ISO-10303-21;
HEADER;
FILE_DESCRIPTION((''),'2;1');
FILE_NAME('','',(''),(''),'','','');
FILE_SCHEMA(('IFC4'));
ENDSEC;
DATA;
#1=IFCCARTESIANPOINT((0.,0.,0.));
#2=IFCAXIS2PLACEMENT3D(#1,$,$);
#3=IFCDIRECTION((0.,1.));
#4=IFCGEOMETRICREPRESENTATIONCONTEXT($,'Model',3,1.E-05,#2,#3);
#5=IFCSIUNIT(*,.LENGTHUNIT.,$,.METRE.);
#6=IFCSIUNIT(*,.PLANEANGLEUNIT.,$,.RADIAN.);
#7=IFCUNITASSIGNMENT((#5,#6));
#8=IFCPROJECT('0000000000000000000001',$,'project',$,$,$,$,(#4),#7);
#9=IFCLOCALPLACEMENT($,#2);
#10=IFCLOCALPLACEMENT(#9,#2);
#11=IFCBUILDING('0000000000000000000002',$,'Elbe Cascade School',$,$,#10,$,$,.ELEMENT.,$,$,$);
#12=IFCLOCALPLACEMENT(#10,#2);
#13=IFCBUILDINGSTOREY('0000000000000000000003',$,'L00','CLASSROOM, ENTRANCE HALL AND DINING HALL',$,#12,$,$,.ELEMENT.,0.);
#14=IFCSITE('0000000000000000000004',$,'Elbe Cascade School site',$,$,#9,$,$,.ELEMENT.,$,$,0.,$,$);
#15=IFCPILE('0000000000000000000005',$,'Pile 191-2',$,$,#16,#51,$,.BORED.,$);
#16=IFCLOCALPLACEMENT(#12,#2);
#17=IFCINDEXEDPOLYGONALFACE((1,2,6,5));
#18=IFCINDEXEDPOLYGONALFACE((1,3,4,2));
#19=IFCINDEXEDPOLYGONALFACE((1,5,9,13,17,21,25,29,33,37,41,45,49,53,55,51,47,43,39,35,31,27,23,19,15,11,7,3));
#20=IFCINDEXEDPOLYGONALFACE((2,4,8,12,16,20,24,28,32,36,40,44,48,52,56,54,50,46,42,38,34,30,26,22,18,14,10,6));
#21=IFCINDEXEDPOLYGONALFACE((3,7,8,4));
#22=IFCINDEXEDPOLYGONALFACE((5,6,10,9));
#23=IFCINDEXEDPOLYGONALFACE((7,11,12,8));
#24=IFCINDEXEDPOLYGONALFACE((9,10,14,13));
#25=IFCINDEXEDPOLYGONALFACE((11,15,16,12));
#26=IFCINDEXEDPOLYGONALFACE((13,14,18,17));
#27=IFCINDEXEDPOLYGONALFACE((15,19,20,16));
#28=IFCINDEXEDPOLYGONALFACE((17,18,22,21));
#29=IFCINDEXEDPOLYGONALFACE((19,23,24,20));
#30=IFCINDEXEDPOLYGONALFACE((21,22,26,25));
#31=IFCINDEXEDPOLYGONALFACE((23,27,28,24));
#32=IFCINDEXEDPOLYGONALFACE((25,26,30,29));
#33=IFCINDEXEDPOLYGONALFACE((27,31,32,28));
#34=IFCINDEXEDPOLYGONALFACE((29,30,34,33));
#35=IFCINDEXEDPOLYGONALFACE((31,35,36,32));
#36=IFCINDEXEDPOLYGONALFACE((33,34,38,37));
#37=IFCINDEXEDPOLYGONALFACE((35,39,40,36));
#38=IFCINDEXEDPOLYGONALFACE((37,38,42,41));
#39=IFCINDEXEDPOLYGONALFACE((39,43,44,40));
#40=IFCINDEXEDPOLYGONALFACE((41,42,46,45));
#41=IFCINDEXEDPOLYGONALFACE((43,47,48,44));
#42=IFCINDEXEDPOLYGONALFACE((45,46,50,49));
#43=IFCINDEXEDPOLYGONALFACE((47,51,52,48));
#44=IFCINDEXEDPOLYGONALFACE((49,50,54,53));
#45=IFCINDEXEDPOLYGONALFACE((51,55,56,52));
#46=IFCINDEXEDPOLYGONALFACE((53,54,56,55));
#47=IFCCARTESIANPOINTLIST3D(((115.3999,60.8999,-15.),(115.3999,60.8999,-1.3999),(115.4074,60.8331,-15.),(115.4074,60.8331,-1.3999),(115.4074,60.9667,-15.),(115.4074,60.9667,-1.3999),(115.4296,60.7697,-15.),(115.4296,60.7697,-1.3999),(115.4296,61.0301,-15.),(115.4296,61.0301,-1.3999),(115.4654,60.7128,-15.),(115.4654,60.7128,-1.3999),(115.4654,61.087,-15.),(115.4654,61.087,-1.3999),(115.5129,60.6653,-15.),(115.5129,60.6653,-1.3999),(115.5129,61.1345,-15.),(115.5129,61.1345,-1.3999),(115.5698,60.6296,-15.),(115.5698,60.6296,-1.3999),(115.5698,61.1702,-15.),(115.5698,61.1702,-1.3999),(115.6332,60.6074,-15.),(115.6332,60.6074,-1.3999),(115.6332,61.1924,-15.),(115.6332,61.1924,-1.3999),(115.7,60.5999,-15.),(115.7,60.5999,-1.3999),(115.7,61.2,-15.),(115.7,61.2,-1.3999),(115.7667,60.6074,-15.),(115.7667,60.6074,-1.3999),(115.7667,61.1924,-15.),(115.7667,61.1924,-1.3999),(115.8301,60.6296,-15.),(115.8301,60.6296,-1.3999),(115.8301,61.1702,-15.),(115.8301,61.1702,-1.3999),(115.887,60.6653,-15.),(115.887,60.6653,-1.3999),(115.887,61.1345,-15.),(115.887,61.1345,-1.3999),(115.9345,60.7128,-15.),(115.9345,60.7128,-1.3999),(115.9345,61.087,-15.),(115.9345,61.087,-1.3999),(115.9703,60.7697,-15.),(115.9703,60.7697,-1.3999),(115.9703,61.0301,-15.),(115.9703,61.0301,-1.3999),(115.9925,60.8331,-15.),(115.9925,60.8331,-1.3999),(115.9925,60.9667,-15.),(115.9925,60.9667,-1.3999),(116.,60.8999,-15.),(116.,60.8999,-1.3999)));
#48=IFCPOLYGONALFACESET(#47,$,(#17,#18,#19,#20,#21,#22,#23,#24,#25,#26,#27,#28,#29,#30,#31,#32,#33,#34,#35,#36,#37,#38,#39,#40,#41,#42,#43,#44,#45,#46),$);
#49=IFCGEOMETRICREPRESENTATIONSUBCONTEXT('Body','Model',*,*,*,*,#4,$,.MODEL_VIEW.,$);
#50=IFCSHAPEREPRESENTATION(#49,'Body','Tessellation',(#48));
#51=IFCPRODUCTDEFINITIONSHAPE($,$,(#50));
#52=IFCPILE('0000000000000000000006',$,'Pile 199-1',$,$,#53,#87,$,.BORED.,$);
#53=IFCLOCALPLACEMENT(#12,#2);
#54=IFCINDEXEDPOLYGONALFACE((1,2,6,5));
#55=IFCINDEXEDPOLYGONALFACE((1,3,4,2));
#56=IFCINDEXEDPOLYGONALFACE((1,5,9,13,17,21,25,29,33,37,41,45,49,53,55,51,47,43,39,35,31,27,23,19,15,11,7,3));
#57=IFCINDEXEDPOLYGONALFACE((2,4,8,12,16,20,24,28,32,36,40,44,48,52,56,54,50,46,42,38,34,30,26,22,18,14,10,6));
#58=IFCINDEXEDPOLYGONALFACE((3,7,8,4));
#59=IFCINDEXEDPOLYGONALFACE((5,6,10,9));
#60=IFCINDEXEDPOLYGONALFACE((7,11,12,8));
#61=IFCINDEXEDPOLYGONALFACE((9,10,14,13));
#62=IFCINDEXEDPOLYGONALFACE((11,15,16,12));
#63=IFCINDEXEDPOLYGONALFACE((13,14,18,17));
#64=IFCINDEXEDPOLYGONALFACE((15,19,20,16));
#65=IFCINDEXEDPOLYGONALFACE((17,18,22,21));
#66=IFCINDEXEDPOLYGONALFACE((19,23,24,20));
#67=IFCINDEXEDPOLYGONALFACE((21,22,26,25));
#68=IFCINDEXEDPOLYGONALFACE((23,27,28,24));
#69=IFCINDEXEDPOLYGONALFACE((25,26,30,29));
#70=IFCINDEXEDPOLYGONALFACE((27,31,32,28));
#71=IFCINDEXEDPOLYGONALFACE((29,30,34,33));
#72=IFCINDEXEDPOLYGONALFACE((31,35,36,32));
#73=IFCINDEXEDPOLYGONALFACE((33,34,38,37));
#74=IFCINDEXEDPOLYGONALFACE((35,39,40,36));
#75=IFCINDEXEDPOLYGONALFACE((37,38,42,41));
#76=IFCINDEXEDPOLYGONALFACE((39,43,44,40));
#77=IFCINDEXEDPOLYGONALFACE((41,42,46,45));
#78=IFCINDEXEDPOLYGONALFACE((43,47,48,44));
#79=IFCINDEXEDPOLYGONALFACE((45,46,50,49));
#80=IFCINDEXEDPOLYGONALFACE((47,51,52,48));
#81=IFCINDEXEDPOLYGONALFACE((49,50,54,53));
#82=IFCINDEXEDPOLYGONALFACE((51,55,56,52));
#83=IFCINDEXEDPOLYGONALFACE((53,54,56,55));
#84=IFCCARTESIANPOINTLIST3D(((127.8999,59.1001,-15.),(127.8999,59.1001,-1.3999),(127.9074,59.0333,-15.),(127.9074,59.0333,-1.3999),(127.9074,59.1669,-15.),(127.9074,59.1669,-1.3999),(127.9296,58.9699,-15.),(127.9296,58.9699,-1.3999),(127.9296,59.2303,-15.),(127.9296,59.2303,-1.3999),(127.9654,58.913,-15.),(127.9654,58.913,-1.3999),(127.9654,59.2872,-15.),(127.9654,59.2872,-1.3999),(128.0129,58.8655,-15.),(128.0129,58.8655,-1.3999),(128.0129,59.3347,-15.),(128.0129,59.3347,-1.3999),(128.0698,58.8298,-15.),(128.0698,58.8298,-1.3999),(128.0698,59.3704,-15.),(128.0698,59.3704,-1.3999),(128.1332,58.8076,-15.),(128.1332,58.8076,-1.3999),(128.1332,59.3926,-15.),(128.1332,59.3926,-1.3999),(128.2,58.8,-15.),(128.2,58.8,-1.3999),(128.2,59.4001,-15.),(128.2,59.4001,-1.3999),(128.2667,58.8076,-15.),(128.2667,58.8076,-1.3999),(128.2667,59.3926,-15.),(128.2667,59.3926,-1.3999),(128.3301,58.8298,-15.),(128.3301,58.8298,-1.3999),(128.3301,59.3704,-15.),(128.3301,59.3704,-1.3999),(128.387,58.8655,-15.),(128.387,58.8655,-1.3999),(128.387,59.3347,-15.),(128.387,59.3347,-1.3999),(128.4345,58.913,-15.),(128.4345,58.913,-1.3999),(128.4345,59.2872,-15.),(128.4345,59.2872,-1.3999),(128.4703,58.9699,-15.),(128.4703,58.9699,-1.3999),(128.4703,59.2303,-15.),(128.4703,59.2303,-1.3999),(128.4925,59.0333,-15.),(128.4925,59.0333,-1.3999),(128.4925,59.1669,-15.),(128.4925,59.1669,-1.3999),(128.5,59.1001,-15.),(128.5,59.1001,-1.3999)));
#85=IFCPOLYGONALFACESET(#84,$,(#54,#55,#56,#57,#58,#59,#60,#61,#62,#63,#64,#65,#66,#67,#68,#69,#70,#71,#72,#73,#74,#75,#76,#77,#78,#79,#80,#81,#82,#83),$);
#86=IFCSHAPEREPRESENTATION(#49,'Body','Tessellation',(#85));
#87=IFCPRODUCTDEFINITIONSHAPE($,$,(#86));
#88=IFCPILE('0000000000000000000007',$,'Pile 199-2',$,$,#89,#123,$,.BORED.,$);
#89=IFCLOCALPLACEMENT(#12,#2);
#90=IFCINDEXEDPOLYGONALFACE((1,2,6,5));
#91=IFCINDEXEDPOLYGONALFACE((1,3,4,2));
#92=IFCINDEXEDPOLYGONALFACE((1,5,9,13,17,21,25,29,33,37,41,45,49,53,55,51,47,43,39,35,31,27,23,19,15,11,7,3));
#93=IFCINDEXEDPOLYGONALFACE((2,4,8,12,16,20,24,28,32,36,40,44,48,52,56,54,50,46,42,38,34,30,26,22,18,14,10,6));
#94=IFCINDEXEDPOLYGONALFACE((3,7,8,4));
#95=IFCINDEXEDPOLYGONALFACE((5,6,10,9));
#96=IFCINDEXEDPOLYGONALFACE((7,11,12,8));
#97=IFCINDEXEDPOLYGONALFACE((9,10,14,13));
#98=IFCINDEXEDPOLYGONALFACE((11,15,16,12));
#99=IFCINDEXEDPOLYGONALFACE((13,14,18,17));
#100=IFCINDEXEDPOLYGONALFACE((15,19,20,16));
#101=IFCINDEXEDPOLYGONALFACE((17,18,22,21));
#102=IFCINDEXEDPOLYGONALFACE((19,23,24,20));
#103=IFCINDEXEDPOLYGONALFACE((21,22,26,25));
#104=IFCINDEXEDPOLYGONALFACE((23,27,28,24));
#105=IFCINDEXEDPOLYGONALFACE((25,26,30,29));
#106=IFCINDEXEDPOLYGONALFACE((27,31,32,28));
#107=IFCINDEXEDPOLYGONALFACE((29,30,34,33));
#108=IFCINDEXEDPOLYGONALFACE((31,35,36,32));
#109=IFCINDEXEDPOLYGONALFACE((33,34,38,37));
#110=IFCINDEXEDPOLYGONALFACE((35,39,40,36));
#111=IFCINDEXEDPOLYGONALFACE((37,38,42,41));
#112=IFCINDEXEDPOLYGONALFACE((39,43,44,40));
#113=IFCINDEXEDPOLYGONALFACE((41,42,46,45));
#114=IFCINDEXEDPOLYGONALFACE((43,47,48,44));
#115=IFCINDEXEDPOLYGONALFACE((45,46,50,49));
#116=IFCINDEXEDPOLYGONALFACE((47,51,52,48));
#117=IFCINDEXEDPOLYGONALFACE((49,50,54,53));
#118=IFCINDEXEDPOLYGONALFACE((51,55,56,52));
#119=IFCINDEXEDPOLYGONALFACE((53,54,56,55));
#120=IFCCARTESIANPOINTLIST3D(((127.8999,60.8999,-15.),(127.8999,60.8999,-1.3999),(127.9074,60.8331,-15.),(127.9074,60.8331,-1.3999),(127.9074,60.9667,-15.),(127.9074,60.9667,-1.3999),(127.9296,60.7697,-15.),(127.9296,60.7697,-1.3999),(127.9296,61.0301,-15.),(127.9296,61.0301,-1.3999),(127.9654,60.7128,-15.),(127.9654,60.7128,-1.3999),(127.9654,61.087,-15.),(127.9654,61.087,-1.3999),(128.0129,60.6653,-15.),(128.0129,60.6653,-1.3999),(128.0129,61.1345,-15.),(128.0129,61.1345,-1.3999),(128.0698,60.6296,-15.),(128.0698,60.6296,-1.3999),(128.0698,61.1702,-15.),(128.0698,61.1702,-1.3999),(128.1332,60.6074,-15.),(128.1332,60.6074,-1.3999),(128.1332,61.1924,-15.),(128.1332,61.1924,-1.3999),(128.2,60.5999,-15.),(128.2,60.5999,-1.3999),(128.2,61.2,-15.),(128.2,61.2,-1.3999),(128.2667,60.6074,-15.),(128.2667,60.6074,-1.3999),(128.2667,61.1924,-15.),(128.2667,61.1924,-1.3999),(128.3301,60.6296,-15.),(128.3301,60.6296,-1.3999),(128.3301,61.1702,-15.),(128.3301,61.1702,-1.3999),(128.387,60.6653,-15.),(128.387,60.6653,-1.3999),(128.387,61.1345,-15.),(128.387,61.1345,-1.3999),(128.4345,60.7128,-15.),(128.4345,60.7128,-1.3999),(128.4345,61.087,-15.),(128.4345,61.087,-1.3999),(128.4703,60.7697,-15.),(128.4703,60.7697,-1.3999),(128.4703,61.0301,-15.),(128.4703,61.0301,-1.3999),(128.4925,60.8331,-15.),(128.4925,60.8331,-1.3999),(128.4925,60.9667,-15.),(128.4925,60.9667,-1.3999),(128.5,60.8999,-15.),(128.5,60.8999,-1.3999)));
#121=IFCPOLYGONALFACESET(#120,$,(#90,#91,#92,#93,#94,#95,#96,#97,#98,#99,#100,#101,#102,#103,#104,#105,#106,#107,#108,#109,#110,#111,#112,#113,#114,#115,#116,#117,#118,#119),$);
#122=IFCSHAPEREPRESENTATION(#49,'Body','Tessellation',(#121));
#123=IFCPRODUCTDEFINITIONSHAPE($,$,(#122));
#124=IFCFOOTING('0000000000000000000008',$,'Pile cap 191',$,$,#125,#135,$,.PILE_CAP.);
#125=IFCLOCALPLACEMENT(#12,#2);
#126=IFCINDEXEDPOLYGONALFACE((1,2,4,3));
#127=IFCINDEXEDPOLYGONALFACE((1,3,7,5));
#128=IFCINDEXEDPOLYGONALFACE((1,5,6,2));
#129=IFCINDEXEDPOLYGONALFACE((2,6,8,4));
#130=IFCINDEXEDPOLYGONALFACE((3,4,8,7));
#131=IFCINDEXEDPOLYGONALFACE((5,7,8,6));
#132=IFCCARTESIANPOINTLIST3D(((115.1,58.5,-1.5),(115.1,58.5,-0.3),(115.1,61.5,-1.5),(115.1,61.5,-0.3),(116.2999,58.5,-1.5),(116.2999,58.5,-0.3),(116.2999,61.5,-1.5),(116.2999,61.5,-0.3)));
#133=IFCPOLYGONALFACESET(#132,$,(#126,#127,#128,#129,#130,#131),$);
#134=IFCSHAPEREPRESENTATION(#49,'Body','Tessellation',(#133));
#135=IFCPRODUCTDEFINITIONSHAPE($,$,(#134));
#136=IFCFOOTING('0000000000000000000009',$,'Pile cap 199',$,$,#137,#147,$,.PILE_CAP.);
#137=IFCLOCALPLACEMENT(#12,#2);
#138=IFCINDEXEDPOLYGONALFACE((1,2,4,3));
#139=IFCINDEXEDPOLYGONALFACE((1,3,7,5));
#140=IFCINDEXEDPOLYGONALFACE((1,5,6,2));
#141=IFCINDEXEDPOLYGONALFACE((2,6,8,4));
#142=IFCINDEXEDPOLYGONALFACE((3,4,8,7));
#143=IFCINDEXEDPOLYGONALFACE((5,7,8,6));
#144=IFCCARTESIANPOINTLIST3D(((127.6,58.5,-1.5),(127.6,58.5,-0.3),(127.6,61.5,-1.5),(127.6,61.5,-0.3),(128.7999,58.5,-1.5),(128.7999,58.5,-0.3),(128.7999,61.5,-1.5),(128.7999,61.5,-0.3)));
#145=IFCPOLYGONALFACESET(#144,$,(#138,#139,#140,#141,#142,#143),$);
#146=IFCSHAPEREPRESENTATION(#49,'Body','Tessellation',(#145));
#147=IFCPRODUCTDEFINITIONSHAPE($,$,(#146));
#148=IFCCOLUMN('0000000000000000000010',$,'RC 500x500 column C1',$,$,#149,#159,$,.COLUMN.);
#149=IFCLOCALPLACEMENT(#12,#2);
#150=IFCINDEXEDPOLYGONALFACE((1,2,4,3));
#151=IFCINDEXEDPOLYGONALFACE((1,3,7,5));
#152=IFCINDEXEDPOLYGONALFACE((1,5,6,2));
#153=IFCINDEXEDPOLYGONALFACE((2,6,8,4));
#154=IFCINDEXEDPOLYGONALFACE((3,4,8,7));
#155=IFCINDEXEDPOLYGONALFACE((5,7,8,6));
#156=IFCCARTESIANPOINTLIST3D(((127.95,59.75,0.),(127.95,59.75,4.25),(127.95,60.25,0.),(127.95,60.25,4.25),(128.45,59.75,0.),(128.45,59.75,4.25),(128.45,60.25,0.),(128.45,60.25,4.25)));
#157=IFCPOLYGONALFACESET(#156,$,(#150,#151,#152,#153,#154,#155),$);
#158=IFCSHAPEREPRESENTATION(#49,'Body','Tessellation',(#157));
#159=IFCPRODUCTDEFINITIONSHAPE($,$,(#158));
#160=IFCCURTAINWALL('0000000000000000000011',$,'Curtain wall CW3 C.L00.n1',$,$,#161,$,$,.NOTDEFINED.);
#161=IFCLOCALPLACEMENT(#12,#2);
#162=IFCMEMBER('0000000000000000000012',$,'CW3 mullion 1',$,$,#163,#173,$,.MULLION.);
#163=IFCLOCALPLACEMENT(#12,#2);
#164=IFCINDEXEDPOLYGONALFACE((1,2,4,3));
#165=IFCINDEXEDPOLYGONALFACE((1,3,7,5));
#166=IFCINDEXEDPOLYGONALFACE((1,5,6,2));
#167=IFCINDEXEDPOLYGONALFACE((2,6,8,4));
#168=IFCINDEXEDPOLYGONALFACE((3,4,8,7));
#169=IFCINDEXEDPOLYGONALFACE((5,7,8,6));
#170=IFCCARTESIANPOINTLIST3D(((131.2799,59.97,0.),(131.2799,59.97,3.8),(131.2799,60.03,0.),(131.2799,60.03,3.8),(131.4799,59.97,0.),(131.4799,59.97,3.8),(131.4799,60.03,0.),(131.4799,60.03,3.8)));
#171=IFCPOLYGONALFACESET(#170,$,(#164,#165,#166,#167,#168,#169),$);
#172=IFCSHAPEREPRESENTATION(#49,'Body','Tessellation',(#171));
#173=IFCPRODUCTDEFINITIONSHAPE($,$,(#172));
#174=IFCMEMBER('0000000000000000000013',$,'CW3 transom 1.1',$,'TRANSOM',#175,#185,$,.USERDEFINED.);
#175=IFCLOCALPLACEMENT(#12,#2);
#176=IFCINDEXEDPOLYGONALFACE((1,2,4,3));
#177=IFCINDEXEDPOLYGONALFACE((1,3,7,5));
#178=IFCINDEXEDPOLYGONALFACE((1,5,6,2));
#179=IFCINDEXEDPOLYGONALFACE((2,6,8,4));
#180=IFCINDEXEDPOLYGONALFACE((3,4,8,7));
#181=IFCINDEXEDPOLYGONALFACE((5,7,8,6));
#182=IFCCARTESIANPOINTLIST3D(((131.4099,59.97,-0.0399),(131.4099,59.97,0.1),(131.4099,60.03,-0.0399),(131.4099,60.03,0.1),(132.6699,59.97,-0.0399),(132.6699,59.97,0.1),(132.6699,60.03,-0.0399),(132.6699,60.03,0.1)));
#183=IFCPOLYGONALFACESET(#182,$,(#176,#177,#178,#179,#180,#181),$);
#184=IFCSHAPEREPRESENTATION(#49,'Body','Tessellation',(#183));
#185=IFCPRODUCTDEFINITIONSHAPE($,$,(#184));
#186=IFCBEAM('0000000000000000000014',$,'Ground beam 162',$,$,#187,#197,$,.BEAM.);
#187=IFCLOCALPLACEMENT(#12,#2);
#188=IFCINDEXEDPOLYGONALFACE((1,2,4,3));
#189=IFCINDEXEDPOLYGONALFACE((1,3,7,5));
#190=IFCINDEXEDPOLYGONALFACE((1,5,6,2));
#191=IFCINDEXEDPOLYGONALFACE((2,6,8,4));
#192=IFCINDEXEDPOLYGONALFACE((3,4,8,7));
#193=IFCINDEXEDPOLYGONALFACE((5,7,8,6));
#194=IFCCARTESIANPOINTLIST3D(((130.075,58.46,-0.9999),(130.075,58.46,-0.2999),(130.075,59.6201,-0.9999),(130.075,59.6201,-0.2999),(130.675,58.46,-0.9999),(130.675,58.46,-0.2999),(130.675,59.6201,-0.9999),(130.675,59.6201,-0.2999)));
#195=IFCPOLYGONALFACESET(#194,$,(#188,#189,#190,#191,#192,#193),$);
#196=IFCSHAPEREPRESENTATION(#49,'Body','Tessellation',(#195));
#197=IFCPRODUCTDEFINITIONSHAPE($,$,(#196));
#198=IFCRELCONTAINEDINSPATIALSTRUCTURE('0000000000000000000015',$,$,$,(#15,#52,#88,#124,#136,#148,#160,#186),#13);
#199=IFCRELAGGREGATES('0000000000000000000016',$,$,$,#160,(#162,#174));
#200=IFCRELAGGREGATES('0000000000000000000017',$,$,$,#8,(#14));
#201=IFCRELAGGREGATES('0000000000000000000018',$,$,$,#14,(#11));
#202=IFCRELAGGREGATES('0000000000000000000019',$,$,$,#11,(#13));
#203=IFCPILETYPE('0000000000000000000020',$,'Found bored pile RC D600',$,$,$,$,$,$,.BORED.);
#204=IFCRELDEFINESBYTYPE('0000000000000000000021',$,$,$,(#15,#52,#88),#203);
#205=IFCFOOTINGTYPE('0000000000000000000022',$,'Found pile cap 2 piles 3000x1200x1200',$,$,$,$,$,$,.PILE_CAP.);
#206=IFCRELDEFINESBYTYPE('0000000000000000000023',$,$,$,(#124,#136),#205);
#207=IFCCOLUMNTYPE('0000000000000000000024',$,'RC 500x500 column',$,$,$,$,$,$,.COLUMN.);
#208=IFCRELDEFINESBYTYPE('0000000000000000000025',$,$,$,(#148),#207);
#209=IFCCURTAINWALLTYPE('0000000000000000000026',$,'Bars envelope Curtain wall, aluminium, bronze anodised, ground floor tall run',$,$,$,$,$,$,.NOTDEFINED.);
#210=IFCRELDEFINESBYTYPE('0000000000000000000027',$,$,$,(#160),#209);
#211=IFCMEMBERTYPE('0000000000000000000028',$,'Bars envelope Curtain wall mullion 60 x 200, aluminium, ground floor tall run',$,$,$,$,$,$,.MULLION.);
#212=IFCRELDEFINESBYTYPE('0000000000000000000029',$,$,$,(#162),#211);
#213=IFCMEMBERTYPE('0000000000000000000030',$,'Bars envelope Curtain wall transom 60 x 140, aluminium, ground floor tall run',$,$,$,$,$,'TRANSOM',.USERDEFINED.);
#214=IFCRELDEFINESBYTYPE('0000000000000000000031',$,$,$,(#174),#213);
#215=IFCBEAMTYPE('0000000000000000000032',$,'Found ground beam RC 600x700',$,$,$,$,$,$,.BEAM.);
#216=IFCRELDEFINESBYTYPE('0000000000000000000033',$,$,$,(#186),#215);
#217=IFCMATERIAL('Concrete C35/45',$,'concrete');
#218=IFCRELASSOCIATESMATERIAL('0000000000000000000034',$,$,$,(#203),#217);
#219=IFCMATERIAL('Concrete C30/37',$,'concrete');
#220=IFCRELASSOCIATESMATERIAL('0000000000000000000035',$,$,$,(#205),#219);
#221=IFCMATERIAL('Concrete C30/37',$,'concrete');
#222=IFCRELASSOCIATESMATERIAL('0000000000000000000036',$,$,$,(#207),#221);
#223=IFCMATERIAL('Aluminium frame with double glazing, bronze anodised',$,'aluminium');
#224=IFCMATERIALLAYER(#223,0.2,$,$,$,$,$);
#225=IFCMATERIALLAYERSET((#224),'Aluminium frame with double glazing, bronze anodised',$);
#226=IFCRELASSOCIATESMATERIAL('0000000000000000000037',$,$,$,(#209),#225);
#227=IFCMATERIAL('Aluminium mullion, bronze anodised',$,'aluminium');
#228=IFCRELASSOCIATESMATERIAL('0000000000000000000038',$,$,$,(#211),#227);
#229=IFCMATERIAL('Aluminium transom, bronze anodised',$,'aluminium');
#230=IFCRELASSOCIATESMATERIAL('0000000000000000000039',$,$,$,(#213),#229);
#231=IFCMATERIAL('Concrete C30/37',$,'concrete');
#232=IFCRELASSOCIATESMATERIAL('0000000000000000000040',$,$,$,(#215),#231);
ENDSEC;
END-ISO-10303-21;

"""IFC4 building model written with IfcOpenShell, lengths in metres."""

from ifc_helpers import new_model, si_unit, direction, frame, origin, origin_2d, place, context, subcontext, project, spatial, rectangle, circle, extrude, material, layer, layer_set, material_profile, profile_set, type_object, element, aggregate, save


model = new_model("IFC4")

# Units and contexts
model_context = context("Model", 3, precision=1e-05, world=origin(), true_north=direction((0.0, 1.0)))
body_context = subcontext(model_context, "Body", "Model", "MODEL_VIEW")
ifc_project = project(units=[si_unit("LENGTHUNIT", "METRE"), si_unit("PLANEANGLEUNIT", "RADIAN")], contexts=[model_context])

# Site, building, storey
site_placement = place(None, origin())
site = spatial("IfcSite", under=ifc_project, at=site_placement, Name="Elbe Cascade School site", CompositionType="ELEMENT", RefElevation=0.0)
building_placement = place(site_placement, origin())
building = spatial("IfcBuilding", under=site, at=building_placement, Name="Elbe Cascade School", CompositionType="ELEMENT")
storey_placement = place(building_placement, origin())
storey = spatial("IfcBuildingStorey", under=building, at=storey_placement, Name="L00", Description="CLASSROOM, ENTRANCE HALL AND DINING HALL", CompositionType="ELEMENT", Elevation=0.0)

# Piles
ifc_material_1 = material(Name="Concrete C35/45", Category="concrete")
ifc_material_profile_1 = material_profile(ifc_material_1, circle(Radius=0.3, at=origin_2d()), Name="RC D600")
ifc_profile_set_1 = profile_set([ifc_material_profile_1], Name="Concrete C35/45")
pile_type = type_object("IfcPileType", Name="Found bored pile RC D600", PredefinedType="BORED", material=ifc_profile_set_1)
for number, where, z_axis, x_axis, name in (
    (1, (115.7, 60.8999, -1.3999), (0.0, 0.0, -1.0), (1.0, 0.0, 0.0), "Pile 191-2"),
    (2, (128.2, 59.1001, -1.3999), (0.0, 0.0, -1.0), (1.0, 0.0, 0.0), "Pile 199-1"),
    (3, (128.2, 60.8999, -1.3999), (0.0, 0.0, -1.0), (1.0, 0.0, 0.0), "Pile 199-2"),
):
    element("IfcPile", number, at=place(storey_placement, frame(where, z_axis=z_axis, x_axis=x_axis)), inside=storey, type_object=pile_type, Name=name, PredefinedType="BORED", context=body_context, shape_type="SweptSolid", body=[
        extrude(circle(Radius=0.3, at=origin_2d()), origin(), (0.0, 0.0, 1.0), 13.6001),
    ])

# Footings
ifc_material_2 = material(Name="Concrete C30/37", Category="concrete")
footing_type = type_object("IfcFootingType", Name="Found pile cap 2 piles 3000x1200x1200", PredefinedType="PILE_CAP", material=ifc_material_2)
for number, where, z_axis, x_axis, name in (
    (4, (115.7, 60.0, -1.5), (0.0, 0.0, 1.0), (1.0, 0.0, 0.0), "Pile cap 191"),
    (5, (128.2, 60.0, -1.5), (0.0, 0.0, 1.0), (1.0, 0.0, 0.0), "Pile cap 199"),
):
    element("IfcFooting", number, at=place(storey_placement, frame(where, z_axis=z_axis, x_axis=x_axis)), inside=storey, type_object=footing_type, Name=name, PredefinedType="PILE_CAP", context=body_context, shape_type="SweptSolid", body=[
        extrude(rectangle(XDim=1.2, YDim=3.0, at=origin_2d()), origin(), (0.0, 0.0, 1.0), 1.2),
    ])

# Column
ifc_material_3 = material(Name="Concrete C30/37", Category="concrete")
ifc_material_profile_2 = material_profile(ifc_material_3, rectangle(XDim=0.5, YDim=0.5, at=origin_2d()), Name="RC 500x500")
ifc_profile_set_2 = profile_set([ifc_material_profile_2], Name="Concrete C30/37")
column_type = type_object("IfcColumnType", Name="RC 500x500 column", PredefinedType="COLUMN", material=ifc_profile_set_2)
column_placement = place(storey_placement, frame((128.2, 60.0, 0.0), z_axis=(0.0, 0.0, 1.0), x_axis=(1.0, 0.0, 0.0)))
element("IfcColumn", 6, at=column_placement, inside=storey, type_object=column_type, Name="RC 500x500 column C1", PredefinedType="COLUMN", context=body_context, shape_type="SweptSolid", body=[
    extrude(rectangle(XDim=0.5, YDim=0.5, at=origin_2d()), origin(), (0.0, 0.0, 1.0), 4.25),
])

# Curtain wall, members
ifc_material_4 = material(Name="Aluminium frame with double glazing, bronze anodised", Category="aluminium")
ifc_layer_1 = layer(ifc_material_4, 0.2)
ifc_layer_set_1 = layer_set([ifc_layer_1], Name="Aluminium frame with double glazing, bronze anodised")
curtain_wall_type = type_object("IfcCurtainWallType", Name="Bars envelope Curtain wall, aluminium, bronze anodised, ground floor tall run", PredefinedType="NOTDEFINED", material=ifc_layer_set_1)
curtain_wall_placement = place(storey_placement, origin())
curtain_wall = element("IfcCurtainWall", 7, at=curtain_wall_placement, inside=storey, type_object=curtain_wall_type, Name="Curtain wall CW3 C.L00.n1", PredefinedType="NOTDEFINED")
ifc_material_5 = material(Name="Aluminium mullion, bronze anodised", Category="aluminium")
ifc_material_profile_3 = material_profile(ifc_material_5, rectangle(XDim=0.0601, YDim=0.2, at=origin_2d()), Name="Bars envelope Curtain wall mullion 60 x 200, aluminium, ground floor tall run")
ifc_profile_set_3 = profile_set([ifc_material_profile_3], Name="Aluminium mullion, bronze anodised")
member_type_1 = type_object("IfcMemberType", Name="Bars envelope Curtain wall mullion 60 x 200, aluminium, ground floor tall run", PredefinedType="MULLION", material=ifc_profile_set_3)
member_1_placement = place(storey_placement, frame((131.3799, 60.0, 0.0), z_axis=(0.0, 0.0, 1.0), x_axis=(0.0, 1.0, 0.0)))
member_1 = element("IfcMember", 8, at=member_1_placement, type_object=member_type_1, Name="CW3 mullion 1", PredefinedType="MULLION", context=body_context, shape_type="SweptSolid", body=[
    extrude(rectangle(XDim=0.0601, YDim=0.2, at=origin_2d()), origin(), (0.0, 0.0, 1.0), 3.8),
])
ifc_material_6 = material(Name="Aluminium transom, bronze anodised", Category="aluminium")
ifc_material_profile_4 = material_profile(ifc_material_6, rectangle(XDim=0.0601, YDim=0.1399, at=origin_2d()), Name="Bars envelope Curtain wall transom 60 x 140, aluminium, ground floor tall run")
ifc_profile_set_4 = profile_set([ifc_material_profile_4], Name="Aluminium transom, bronze anodised")
member_type_2 = type_object("IfcMemberType", Name="Bars envelope Curtain wall transom 60 x 140, aluminium, ground floor tall run", ElementType="TRANSOM", PredefinedType="USERDEFINED", material=ifc_profile_set_4)
member_2_placement = place(storey_placement, frame((131.4099, 60.0, 0.03), z_axis=(1.0, 0.0, 0.0), x_axis=(0.0, 1.0, 0.0)))
member_2 = element("IfcMember", 9, at=member_2_placement, type_object=member_type_2, Name="CW3 transom 1.1", ObjectType="TRANSOM", PredefinedType="USERDEFINED", context=body_context, shape_type="SweptSolid", body=[
    extrude(rectangle(XDim=0.0601, YDim=0.1399, at=origin_2d()), origin(), (0.0, 0.0, 1.0), 1.26),
])
aggregate(curtain_wall, [member_1, member_2])

# Beam
ifc_material_7 = material(Name="Concrete C30/37", Category="concrete")
ifc_material_profile_5 = material_profile(ifc_material_7, rectangle(XDim=0.6001, YDim=0.7, at=origin_2d()), Name="RC 600x700")
ifc_profile_set_5 = profile_set([ifc_material_profile_5], Name="Concrete C30/37")
beam_type_1 = type_object("IfcBeamType", Name="Found ground beam RC 600x700", PredefinedType="BEAM", material=ifc_profile_set_5)
beam_1_placement = place(storey_placement, frame((130.375, 58.46, -0.6499), z_axis=(0.0, 1.0, 0.0), x_axis=(-1.0, 0.0, 0.0)))
element("IfcBeam", 10, at=beam_1_placement, inside=storey, type_object=beam_type_1, Name="Ground beam 162", PredefinedType="BEAM", context=body_context, shape_type="SweptSolid", body=[
    extrude(rectangle(XDim=0.6001, YDim=0.7, at=origin_2d()), origin(), (0.0, 0.0, 1.0), 1.1602),
])

save(model, "model.ifc")
